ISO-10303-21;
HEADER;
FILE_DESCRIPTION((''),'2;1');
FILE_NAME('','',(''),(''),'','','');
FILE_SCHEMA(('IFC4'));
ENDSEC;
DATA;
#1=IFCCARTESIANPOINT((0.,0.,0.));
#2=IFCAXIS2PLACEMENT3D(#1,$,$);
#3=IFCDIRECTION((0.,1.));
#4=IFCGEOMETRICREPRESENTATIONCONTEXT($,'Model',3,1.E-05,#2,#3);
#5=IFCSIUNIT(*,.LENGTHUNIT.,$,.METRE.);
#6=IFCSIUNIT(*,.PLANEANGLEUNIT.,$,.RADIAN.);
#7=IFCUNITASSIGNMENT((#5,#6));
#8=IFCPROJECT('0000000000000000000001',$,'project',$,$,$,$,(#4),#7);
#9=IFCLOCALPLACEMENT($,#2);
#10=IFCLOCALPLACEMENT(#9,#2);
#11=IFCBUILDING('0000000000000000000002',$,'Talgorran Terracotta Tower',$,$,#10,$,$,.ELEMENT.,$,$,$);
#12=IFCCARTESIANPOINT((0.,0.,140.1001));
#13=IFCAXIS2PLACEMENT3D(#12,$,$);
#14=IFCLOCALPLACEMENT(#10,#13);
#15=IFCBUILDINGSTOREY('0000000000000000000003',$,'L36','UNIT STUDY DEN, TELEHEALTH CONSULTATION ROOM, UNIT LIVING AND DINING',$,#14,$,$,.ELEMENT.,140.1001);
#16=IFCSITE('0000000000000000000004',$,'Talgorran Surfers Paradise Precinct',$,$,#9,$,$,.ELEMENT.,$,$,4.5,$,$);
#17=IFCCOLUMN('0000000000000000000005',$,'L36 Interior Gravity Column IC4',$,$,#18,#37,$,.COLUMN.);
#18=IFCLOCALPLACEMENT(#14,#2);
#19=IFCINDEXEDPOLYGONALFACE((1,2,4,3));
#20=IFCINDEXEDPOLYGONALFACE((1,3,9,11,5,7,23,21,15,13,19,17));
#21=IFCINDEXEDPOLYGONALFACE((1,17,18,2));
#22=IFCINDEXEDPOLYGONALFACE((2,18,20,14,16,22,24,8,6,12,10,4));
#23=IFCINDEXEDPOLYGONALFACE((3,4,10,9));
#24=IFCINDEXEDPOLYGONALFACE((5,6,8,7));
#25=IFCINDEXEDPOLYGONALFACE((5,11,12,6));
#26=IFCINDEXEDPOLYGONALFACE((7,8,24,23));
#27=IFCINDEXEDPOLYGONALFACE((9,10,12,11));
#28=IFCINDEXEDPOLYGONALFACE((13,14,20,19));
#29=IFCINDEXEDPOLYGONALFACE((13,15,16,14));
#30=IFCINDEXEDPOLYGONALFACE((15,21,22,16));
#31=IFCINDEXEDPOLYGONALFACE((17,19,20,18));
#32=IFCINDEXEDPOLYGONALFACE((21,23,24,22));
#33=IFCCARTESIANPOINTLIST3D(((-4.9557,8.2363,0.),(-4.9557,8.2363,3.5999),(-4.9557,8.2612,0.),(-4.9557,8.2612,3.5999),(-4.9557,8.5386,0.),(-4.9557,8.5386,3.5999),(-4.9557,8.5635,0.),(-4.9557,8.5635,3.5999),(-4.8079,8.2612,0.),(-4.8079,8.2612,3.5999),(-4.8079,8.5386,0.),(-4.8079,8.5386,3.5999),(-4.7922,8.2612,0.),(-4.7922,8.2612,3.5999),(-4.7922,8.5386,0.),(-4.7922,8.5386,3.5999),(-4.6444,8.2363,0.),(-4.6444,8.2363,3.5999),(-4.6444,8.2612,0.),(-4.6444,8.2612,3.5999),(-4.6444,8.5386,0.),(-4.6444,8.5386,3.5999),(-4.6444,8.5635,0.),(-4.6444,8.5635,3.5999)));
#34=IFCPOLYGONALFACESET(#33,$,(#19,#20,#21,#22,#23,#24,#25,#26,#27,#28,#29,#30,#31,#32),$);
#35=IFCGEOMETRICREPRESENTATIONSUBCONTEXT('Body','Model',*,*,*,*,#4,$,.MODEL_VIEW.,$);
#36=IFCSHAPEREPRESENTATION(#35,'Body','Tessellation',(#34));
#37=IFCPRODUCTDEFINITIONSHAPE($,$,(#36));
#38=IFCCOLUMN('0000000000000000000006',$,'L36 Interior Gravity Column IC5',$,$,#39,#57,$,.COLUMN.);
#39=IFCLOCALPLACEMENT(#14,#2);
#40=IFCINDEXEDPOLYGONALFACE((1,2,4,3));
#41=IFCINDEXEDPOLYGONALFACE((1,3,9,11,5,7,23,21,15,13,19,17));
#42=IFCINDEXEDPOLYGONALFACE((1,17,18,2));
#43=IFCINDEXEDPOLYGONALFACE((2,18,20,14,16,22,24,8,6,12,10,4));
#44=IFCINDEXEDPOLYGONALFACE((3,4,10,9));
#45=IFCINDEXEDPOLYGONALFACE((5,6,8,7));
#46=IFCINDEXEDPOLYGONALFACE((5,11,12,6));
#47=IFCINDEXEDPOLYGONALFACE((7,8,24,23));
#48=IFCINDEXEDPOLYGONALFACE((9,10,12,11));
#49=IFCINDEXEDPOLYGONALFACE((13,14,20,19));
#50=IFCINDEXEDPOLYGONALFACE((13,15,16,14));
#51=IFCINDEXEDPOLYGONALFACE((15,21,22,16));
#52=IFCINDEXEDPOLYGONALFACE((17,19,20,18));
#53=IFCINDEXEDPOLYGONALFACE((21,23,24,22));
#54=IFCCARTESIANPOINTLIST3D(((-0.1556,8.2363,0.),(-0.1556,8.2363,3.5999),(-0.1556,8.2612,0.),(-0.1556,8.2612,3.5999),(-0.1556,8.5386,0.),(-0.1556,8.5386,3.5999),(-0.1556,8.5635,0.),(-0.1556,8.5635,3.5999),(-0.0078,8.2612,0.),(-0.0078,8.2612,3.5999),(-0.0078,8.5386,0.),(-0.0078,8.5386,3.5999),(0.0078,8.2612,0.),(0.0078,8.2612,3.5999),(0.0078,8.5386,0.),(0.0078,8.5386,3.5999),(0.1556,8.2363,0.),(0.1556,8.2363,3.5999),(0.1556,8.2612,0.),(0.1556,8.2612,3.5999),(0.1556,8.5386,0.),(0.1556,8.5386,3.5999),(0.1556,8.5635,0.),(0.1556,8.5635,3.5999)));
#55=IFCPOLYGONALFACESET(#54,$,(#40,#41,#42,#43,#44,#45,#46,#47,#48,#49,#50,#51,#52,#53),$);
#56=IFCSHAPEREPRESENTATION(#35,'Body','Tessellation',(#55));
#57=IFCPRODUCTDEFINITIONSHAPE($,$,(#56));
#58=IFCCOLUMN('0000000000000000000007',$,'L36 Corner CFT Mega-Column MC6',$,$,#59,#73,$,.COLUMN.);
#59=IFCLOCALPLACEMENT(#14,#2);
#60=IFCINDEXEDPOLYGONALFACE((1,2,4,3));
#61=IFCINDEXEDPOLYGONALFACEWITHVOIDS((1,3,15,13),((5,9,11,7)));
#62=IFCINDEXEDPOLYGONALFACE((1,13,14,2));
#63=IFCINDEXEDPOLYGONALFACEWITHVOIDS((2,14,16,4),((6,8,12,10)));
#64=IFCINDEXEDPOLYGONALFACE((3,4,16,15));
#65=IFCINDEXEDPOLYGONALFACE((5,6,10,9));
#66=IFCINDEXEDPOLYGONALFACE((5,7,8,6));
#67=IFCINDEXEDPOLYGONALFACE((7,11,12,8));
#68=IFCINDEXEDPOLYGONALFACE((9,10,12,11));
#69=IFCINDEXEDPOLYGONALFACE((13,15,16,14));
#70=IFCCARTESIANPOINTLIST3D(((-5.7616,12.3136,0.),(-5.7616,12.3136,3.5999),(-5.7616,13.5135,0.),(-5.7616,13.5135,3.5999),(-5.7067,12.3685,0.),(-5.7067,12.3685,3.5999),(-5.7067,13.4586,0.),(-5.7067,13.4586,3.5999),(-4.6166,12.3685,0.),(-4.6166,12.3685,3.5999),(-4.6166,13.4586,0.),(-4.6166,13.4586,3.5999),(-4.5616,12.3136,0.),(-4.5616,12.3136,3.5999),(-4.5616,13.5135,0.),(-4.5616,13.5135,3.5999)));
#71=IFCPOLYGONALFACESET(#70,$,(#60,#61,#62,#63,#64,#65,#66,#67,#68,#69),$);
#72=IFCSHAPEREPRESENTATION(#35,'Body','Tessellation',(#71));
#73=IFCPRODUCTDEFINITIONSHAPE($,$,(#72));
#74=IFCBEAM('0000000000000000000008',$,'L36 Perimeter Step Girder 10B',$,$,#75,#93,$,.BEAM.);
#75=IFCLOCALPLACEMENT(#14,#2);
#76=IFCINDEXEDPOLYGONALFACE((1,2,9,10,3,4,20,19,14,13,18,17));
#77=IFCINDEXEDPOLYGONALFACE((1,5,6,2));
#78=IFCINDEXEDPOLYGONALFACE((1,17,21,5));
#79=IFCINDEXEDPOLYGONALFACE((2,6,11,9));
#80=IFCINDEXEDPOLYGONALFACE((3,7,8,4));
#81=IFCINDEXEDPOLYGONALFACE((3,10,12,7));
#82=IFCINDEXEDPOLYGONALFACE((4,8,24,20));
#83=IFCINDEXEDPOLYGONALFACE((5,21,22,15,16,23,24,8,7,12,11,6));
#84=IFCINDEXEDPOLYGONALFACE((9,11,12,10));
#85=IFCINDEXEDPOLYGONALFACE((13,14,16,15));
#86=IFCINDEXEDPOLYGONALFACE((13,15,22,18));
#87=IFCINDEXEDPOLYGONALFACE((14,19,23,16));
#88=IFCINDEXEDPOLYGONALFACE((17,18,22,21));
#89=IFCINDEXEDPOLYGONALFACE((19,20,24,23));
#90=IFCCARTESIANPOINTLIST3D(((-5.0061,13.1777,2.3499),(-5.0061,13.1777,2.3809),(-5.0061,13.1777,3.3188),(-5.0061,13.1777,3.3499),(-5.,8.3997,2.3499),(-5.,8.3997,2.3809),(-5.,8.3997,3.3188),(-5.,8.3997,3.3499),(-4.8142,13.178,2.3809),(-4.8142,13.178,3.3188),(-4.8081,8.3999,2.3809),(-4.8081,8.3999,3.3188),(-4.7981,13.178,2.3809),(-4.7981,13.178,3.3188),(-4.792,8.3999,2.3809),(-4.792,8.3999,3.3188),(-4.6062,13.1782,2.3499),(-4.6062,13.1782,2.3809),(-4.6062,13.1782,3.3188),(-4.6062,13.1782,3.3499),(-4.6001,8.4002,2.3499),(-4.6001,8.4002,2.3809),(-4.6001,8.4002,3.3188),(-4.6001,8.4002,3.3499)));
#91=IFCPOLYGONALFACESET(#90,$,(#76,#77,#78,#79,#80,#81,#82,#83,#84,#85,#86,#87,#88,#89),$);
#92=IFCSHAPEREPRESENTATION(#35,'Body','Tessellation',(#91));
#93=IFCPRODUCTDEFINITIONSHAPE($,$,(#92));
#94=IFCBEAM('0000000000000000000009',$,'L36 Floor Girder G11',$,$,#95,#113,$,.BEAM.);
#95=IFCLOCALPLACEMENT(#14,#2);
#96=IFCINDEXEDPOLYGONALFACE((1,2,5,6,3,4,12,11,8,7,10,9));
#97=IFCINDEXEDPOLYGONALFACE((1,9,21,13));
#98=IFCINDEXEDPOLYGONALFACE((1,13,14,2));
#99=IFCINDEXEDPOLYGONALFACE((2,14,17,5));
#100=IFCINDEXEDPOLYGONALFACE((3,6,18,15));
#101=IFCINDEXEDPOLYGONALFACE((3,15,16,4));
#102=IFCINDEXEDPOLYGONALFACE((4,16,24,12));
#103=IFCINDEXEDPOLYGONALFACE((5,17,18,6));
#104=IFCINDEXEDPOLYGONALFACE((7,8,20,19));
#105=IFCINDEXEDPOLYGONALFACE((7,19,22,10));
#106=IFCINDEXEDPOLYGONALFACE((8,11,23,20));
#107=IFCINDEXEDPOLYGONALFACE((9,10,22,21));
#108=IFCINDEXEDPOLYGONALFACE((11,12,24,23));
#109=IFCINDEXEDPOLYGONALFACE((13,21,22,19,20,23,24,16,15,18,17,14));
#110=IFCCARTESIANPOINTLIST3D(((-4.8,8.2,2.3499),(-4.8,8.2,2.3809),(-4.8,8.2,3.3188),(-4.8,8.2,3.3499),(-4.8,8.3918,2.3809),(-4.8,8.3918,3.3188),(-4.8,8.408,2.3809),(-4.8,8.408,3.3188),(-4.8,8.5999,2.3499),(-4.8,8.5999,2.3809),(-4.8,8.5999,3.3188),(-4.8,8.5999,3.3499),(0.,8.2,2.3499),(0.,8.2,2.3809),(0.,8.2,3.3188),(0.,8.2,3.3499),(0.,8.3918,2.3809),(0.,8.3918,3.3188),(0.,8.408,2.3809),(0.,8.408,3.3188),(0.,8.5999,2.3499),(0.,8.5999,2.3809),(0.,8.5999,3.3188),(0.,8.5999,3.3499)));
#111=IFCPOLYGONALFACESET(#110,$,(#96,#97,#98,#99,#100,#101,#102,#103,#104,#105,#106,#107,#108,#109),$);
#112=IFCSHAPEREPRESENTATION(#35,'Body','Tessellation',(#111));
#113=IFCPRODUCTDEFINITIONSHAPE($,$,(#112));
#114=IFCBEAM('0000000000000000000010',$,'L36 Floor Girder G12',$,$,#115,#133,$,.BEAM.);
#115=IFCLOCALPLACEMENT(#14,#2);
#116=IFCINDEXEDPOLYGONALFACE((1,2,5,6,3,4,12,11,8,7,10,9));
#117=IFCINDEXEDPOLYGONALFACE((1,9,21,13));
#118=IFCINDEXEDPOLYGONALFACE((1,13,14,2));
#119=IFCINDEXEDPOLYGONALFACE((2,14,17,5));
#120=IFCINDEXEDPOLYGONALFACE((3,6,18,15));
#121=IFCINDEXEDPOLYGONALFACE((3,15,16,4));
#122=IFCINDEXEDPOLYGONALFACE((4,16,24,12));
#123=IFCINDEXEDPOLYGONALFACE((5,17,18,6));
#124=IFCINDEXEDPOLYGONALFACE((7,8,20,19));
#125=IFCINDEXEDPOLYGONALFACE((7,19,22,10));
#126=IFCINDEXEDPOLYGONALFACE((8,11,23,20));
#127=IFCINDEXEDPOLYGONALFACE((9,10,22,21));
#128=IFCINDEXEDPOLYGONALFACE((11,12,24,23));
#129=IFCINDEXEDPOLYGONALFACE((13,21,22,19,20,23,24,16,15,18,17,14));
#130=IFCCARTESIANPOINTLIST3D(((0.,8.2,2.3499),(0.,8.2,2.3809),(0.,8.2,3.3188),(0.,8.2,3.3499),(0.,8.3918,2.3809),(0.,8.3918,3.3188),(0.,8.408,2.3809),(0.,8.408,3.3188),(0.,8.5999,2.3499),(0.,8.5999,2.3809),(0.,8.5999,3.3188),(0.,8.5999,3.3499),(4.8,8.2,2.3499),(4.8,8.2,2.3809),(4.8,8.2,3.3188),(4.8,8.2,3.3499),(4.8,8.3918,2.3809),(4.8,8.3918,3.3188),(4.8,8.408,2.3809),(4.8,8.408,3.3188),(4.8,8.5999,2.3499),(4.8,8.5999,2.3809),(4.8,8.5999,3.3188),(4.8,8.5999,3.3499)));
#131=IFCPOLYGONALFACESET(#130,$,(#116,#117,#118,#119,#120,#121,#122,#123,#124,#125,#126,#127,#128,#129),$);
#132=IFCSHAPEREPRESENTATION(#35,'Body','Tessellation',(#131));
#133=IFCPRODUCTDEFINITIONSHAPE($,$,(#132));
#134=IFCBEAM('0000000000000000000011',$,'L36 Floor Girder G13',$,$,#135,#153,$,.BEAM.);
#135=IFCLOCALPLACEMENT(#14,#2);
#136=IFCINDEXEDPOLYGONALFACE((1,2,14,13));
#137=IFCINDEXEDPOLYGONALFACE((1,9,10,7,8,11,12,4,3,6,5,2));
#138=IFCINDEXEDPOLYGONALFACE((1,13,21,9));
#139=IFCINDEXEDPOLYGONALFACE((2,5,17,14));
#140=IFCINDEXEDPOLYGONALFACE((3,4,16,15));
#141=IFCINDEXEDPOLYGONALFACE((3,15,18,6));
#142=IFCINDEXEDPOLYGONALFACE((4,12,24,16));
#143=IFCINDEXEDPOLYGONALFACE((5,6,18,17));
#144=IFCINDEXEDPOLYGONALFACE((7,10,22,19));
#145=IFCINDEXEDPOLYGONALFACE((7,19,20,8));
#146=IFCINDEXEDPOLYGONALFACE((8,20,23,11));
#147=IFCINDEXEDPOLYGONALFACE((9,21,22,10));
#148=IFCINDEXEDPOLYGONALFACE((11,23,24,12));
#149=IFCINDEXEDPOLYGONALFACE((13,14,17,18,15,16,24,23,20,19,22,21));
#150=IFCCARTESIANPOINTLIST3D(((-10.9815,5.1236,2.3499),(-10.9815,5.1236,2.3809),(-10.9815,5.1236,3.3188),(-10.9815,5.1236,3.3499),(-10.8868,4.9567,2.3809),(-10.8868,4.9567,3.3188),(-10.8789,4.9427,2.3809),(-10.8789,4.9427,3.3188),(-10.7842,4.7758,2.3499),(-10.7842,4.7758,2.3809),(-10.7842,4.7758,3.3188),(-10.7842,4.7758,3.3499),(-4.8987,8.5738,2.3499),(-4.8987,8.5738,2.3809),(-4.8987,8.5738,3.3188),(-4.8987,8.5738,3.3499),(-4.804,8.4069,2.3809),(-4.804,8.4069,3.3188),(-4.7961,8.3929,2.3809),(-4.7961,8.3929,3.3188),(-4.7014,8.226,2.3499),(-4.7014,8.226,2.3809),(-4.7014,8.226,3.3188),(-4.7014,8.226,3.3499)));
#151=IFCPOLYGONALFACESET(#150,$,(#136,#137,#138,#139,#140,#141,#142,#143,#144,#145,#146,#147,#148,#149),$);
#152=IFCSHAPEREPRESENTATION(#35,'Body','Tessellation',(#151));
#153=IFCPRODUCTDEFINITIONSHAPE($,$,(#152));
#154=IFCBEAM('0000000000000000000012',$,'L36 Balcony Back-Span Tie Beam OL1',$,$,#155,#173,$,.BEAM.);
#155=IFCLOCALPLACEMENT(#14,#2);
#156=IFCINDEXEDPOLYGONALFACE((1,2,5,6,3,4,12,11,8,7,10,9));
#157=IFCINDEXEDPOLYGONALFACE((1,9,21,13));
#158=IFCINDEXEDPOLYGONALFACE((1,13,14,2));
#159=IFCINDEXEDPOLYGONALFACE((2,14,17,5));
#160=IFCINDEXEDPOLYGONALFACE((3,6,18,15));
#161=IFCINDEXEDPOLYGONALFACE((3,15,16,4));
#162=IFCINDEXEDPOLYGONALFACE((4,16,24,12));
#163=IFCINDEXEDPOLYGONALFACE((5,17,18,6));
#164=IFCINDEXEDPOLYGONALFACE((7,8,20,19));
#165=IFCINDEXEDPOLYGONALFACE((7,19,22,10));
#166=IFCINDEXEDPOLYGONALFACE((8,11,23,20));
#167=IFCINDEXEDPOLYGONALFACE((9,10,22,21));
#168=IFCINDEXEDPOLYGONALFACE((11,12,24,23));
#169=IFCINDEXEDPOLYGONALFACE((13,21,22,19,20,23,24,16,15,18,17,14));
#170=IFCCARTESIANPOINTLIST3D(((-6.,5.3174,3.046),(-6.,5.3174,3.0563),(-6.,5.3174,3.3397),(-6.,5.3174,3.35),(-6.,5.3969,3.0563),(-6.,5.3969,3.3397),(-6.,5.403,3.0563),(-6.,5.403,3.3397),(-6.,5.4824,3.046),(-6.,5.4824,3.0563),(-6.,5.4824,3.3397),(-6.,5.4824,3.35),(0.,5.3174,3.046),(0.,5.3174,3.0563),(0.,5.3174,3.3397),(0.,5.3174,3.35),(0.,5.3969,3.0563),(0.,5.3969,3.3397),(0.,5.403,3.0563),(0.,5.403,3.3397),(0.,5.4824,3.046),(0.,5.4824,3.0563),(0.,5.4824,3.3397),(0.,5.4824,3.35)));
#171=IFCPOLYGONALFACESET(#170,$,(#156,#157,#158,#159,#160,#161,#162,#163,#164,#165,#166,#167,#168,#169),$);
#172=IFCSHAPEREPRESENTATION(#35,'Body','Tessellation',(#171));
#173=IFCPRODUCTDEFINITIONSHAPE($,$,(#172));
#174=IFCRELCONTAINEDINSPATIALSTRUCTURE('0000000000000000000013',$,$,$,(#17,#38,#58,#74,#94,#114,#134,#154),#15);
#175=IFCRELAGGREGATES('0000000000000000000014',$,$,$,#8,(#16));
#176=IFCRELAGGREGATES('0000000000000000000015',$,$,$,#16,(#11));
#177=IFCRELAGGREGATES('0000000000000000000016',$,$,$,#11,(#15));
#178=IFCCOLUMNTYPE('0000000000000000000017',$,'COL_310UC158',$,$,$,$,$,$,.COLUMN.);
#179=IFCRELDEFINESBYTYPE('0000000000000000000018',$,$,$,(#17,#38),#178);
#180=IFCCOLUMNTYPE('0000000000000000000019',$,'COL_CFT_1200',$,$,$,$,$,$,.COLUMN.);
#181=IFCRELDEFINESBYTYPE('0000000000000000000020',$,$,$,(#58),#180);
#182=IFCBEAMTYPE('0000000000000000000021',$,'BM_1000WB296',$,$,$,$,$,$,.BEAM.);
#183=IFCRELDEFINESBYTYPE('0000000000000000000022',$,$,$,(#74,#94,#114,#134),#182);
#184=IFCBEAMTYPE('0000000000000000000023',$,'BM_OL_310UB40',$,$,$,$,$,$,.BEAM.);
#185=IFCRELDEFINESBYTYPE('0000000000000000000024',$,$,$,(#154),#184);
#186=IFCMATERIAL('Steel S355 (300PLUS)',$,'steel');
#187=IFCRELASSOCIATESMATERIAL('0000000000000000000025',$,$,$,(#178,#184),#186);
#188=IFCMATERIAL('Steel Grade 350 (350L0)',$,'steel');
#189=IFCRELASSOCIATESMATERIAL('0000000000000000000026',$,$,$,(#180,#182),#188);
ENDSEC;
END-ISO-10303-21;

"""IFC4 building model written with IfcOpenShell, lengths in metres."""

from ifc_helpers import new_model, si_unit, direction, frame, origin, origin_2d, place, context, subcontext, project, spatial, hollow_rectangle, i_section, extrude, material, material_profile, profile_set, type_object, element, save


model = new_model("IFC4")

# Units and contexts
model_context = context("Model", 3, precision=1e-05, world=origin(), true_north=direction((0.0, 1.0)))
body_context = subcontext(model_context, "Body", "Model", "MODEL_VIEW")
ifc_project = project(units=[si_unit("LENGTHUNIT", "METRE"), si_unit("PLANEANGLEUNIT", "RADIAN")], contexts=[model_context])

# Site, building, storey
site_placement = place(None, origin())
site = spatial("IfcSite", under=ifc_project, at=site_placement, Name="Talgorran Surfers Paradise Precinct", CompositionType="ELEMENT", RefElevation=4.5)
building_placement = place(site_placement, origin())
building = spatial("IfcBuilding", under=site, at=building_placement, Name="Talgorran Terracotta Tower", CompositionType="ELEMENT")
storey_placement = place(building_placement, frame((0.0, 0.0, 140.1001)))
storey = spatial("IfcBuildingStorey", under=building, at=storey_placement, Name="L36", Description="UNIT STUDY DEN, TELEHEALTH CONSULTATION ROOM, UNIT LIVING AND DINING", CompositionType="ELEMENT", Elevation=140.1001)

# Columns
ifc_material_1 = material(Name="Steel S355 (300PLUS)", Category="steel")
ifc_material_profile_1 = material_profile(ifc_material_1, i_section(OverallWidth=0.3113, OverallDepth=0.3271, WebThickness=0.0156, FlangeThickness=0.0249, at=origin_2d()), Name="310UC158")
ifc_profile_set_1 = profile_set([ifc_material_profile_1], Name="Steel S355 (300PLUS)")
column_type_1 = type_object("IfcColumnType", Name="COL_310UC158", PredefinedType="COLUMN", material=ifc_profile_set_1)
for number, where, z_axis, x_axis, name in (
    (1, (-4.8, 8.3999, 0.0), (0.0, 0.0, 1.0), (1.0, 0.0, 0.0), "L36 Interior Gravity Column IC4"),
    (2, (0.0, 8.3999, 0.0), (0.0, 0.0, 1.0), (1.0, 0.0, 0.0), "L36 Interior Gravity Column IC5"),
):
    element("IfcColumn", number, at=place(storey_placement, frame(where, z_axis=z_axis, x_axis=x_axis)), inside=storey, type_object=column_type_1, Name=name, PredefinedType="COLUMN", context=body_context, shape_type="SweptSolid", body=[
        extrude(i_section(OverallWidth=0.3113, OverallDepth=0.3271, WebThickness=0.0156, FlangeThickness=0.0249, at=origin_2d()), origin(), (0.0, 0.0, 1.0), 3.5999),
    ])
ifc_material_2 = material(Name="Steel Grade 350 (350L0)", Category="steel")
ifc_material_profile_2 = material_profile(ifc_material_2, hollow_rectangle(XDim=1.2, YDim=1.2, WallThickness=0.0549, at=origin_2d()), Name="CFT1200X1200X55")
ifc_profile_set_2 = profile_set([ifc_material_profile_2], Name="Steel Grade 350 (350L0)")
column_type_2 = type_object("IfcColumnType", Name="COL_CFT_1200", PredefinedType="COLUMN", material=ifc_profile_set_2)
column_placement = place(storey_placement, frame((-5.1616, 12.9136, 0.0), z_axis=(0.0, 0.0, 1.0), x_axis=(1.0, 0.0, 0.0)))
element("IfcColumn", 3, at=column_placement, inside=storey, type_object=column_type_2, Name="L36 Corner CFT Mega-Column MC6", PredefinedType="COLUMN", context=body_context, shape_type="SweptSolid", body=[
    extrude(hollow_rectangle(XDim=1.2, YDim=1.2, WallThickness=0.0549, at=origin_2d()), origin(), (0.0, 0.0, 1.0), 3.5999),
])

# Beams
ifc_material_profile_3 = material_profile(ifc_material_2, i_section(OverallWidth=0.3999, OverallDepth=1.0, WebThickness=0.0161, FlangeThickness=0.031, at=origin_2d()), Name="1000WB296")
ifc_profile_set_3 = profile_set([ifc_material_profile_3], Name="Steel Grade 350 (350L0)")
beam_type_1 = type_object("IfcBeamType", Name="BM_1000WB296", PredefinedType="BEAM", material=ifc_profile_set_3)
beam_1_placement = place(storey_placement, frame((-4.8062, 13.178, 2.8499), z_axis=(0.001277, -0.999999, 0.0), x_axis=(0.999999, 0.001277, 0.0)))
element("IfcBeam", 4, at=beam_1_placement, inside=storey, type_object=beam_type_1, Name="L36 Perimeter Step Girder 10B", PredefinedType="BEAM", context=body_context, shape_type="SweptSolid", body=[
    extrude(i_section(OverallWidth=0.3999, OverallDepth=1.0, WebThickness=0.0161, FlangeThickness=0.031, at=origin_2d()), origin(), (0.0, 0.0, 1.0), 4.7781),
])
for number, where, z_axis, x_axis, name in (
    (5, (-4.8, 8.3999, 2.8499), (1.0, 0.0, 0.0), (0.0, 1.0, 0.0), "L36 Floor Girder G11"),
    (6, (0.0, 8.3999, 2.8499), (1.0, 0.0, 0.0), (0.0, 1.0, 0.0), "L36 Floor Girder G12"),
):
    element("IfcBeam", number, at=place(storey_placement, frame(where, z_axis=z_axis, x_axis=x_axis)), inside=storey, type_object=beam_type_1, Name=name, PredefinedType="BEAM", context=body_context, shape_type="SweptSolid", body=[
        extrude(i_section(OverallWidth=0.3999, OverallDepth=1.0, WebThickness=0.0161, FlangeThickness=0.031, at=origin_2d()), origin(), (0.0, 0.0, 1.0), 4.8),
    ])
beam_2_placement = place(storey_placement, frame((-4.8, 8.3999, 2.8499), z_axis=(-0.86982, -0.493369, 0.0), x_axis=(0.493369, -0.86982, 0.0)))
element("IfcBeam", 7, at=beam_2_placement, inside=storey, type_object=beam_type_1, Name="L36 Floor Girder G13", PredefinedType="BEAM", context=body_context, shape_type="SweptSolid", body=[
    extrude(i_section(OverallWidth=0.3999, OverallDepth=1.0, WebThickness=0.0161, FlangeThickness=0.031, at=origin_2d()), origin(), (0.0, 0.0, 1.0), 6.9932),
])
ifc_material_profile_4 = material_profile(ifc_material_1, i_section(OverallWidth=0.165, OverallDepth=0.304, WebThickness=0.0061, FlangeThickness=0.0103, at=origin_2d()), Name="310UB40.4")
ifc_profile_set_4 = profile_set([ifc_material_profile_4], Name="Steel S355 (300PLUS)")
beam_type_2 = type_object("IfcBeamType", Name="BM_OL_310UB40", PredefinedType="BEAM", material=ifc_profile_set_4)
beam_3_placement = place(storey_placement, frame((-6.0, 5.3999, 3.198), z_axis=(1.0, 0.0, 0.0), x_axis=(0.0, 1.0, 0.0)))
element("IfcBeam", 8, at=beam_3_placement, inside=storey, type_object=beam_type_2, Name="L36 Balcony Back-Span Tie Beam OL1", PredefinedType="BEAM", context=body_context, shape_type="SweptSolid", body=[
    extrude(i_section(OverallWidth=0.165, OverallDepth=0.304, WebThickness=0.0061, FlangeThickness=0.0103, at=origin_2d()), origin(), (0.0, 0.0, 1.0), 6.0),
])

save(model, "model.ifc")
